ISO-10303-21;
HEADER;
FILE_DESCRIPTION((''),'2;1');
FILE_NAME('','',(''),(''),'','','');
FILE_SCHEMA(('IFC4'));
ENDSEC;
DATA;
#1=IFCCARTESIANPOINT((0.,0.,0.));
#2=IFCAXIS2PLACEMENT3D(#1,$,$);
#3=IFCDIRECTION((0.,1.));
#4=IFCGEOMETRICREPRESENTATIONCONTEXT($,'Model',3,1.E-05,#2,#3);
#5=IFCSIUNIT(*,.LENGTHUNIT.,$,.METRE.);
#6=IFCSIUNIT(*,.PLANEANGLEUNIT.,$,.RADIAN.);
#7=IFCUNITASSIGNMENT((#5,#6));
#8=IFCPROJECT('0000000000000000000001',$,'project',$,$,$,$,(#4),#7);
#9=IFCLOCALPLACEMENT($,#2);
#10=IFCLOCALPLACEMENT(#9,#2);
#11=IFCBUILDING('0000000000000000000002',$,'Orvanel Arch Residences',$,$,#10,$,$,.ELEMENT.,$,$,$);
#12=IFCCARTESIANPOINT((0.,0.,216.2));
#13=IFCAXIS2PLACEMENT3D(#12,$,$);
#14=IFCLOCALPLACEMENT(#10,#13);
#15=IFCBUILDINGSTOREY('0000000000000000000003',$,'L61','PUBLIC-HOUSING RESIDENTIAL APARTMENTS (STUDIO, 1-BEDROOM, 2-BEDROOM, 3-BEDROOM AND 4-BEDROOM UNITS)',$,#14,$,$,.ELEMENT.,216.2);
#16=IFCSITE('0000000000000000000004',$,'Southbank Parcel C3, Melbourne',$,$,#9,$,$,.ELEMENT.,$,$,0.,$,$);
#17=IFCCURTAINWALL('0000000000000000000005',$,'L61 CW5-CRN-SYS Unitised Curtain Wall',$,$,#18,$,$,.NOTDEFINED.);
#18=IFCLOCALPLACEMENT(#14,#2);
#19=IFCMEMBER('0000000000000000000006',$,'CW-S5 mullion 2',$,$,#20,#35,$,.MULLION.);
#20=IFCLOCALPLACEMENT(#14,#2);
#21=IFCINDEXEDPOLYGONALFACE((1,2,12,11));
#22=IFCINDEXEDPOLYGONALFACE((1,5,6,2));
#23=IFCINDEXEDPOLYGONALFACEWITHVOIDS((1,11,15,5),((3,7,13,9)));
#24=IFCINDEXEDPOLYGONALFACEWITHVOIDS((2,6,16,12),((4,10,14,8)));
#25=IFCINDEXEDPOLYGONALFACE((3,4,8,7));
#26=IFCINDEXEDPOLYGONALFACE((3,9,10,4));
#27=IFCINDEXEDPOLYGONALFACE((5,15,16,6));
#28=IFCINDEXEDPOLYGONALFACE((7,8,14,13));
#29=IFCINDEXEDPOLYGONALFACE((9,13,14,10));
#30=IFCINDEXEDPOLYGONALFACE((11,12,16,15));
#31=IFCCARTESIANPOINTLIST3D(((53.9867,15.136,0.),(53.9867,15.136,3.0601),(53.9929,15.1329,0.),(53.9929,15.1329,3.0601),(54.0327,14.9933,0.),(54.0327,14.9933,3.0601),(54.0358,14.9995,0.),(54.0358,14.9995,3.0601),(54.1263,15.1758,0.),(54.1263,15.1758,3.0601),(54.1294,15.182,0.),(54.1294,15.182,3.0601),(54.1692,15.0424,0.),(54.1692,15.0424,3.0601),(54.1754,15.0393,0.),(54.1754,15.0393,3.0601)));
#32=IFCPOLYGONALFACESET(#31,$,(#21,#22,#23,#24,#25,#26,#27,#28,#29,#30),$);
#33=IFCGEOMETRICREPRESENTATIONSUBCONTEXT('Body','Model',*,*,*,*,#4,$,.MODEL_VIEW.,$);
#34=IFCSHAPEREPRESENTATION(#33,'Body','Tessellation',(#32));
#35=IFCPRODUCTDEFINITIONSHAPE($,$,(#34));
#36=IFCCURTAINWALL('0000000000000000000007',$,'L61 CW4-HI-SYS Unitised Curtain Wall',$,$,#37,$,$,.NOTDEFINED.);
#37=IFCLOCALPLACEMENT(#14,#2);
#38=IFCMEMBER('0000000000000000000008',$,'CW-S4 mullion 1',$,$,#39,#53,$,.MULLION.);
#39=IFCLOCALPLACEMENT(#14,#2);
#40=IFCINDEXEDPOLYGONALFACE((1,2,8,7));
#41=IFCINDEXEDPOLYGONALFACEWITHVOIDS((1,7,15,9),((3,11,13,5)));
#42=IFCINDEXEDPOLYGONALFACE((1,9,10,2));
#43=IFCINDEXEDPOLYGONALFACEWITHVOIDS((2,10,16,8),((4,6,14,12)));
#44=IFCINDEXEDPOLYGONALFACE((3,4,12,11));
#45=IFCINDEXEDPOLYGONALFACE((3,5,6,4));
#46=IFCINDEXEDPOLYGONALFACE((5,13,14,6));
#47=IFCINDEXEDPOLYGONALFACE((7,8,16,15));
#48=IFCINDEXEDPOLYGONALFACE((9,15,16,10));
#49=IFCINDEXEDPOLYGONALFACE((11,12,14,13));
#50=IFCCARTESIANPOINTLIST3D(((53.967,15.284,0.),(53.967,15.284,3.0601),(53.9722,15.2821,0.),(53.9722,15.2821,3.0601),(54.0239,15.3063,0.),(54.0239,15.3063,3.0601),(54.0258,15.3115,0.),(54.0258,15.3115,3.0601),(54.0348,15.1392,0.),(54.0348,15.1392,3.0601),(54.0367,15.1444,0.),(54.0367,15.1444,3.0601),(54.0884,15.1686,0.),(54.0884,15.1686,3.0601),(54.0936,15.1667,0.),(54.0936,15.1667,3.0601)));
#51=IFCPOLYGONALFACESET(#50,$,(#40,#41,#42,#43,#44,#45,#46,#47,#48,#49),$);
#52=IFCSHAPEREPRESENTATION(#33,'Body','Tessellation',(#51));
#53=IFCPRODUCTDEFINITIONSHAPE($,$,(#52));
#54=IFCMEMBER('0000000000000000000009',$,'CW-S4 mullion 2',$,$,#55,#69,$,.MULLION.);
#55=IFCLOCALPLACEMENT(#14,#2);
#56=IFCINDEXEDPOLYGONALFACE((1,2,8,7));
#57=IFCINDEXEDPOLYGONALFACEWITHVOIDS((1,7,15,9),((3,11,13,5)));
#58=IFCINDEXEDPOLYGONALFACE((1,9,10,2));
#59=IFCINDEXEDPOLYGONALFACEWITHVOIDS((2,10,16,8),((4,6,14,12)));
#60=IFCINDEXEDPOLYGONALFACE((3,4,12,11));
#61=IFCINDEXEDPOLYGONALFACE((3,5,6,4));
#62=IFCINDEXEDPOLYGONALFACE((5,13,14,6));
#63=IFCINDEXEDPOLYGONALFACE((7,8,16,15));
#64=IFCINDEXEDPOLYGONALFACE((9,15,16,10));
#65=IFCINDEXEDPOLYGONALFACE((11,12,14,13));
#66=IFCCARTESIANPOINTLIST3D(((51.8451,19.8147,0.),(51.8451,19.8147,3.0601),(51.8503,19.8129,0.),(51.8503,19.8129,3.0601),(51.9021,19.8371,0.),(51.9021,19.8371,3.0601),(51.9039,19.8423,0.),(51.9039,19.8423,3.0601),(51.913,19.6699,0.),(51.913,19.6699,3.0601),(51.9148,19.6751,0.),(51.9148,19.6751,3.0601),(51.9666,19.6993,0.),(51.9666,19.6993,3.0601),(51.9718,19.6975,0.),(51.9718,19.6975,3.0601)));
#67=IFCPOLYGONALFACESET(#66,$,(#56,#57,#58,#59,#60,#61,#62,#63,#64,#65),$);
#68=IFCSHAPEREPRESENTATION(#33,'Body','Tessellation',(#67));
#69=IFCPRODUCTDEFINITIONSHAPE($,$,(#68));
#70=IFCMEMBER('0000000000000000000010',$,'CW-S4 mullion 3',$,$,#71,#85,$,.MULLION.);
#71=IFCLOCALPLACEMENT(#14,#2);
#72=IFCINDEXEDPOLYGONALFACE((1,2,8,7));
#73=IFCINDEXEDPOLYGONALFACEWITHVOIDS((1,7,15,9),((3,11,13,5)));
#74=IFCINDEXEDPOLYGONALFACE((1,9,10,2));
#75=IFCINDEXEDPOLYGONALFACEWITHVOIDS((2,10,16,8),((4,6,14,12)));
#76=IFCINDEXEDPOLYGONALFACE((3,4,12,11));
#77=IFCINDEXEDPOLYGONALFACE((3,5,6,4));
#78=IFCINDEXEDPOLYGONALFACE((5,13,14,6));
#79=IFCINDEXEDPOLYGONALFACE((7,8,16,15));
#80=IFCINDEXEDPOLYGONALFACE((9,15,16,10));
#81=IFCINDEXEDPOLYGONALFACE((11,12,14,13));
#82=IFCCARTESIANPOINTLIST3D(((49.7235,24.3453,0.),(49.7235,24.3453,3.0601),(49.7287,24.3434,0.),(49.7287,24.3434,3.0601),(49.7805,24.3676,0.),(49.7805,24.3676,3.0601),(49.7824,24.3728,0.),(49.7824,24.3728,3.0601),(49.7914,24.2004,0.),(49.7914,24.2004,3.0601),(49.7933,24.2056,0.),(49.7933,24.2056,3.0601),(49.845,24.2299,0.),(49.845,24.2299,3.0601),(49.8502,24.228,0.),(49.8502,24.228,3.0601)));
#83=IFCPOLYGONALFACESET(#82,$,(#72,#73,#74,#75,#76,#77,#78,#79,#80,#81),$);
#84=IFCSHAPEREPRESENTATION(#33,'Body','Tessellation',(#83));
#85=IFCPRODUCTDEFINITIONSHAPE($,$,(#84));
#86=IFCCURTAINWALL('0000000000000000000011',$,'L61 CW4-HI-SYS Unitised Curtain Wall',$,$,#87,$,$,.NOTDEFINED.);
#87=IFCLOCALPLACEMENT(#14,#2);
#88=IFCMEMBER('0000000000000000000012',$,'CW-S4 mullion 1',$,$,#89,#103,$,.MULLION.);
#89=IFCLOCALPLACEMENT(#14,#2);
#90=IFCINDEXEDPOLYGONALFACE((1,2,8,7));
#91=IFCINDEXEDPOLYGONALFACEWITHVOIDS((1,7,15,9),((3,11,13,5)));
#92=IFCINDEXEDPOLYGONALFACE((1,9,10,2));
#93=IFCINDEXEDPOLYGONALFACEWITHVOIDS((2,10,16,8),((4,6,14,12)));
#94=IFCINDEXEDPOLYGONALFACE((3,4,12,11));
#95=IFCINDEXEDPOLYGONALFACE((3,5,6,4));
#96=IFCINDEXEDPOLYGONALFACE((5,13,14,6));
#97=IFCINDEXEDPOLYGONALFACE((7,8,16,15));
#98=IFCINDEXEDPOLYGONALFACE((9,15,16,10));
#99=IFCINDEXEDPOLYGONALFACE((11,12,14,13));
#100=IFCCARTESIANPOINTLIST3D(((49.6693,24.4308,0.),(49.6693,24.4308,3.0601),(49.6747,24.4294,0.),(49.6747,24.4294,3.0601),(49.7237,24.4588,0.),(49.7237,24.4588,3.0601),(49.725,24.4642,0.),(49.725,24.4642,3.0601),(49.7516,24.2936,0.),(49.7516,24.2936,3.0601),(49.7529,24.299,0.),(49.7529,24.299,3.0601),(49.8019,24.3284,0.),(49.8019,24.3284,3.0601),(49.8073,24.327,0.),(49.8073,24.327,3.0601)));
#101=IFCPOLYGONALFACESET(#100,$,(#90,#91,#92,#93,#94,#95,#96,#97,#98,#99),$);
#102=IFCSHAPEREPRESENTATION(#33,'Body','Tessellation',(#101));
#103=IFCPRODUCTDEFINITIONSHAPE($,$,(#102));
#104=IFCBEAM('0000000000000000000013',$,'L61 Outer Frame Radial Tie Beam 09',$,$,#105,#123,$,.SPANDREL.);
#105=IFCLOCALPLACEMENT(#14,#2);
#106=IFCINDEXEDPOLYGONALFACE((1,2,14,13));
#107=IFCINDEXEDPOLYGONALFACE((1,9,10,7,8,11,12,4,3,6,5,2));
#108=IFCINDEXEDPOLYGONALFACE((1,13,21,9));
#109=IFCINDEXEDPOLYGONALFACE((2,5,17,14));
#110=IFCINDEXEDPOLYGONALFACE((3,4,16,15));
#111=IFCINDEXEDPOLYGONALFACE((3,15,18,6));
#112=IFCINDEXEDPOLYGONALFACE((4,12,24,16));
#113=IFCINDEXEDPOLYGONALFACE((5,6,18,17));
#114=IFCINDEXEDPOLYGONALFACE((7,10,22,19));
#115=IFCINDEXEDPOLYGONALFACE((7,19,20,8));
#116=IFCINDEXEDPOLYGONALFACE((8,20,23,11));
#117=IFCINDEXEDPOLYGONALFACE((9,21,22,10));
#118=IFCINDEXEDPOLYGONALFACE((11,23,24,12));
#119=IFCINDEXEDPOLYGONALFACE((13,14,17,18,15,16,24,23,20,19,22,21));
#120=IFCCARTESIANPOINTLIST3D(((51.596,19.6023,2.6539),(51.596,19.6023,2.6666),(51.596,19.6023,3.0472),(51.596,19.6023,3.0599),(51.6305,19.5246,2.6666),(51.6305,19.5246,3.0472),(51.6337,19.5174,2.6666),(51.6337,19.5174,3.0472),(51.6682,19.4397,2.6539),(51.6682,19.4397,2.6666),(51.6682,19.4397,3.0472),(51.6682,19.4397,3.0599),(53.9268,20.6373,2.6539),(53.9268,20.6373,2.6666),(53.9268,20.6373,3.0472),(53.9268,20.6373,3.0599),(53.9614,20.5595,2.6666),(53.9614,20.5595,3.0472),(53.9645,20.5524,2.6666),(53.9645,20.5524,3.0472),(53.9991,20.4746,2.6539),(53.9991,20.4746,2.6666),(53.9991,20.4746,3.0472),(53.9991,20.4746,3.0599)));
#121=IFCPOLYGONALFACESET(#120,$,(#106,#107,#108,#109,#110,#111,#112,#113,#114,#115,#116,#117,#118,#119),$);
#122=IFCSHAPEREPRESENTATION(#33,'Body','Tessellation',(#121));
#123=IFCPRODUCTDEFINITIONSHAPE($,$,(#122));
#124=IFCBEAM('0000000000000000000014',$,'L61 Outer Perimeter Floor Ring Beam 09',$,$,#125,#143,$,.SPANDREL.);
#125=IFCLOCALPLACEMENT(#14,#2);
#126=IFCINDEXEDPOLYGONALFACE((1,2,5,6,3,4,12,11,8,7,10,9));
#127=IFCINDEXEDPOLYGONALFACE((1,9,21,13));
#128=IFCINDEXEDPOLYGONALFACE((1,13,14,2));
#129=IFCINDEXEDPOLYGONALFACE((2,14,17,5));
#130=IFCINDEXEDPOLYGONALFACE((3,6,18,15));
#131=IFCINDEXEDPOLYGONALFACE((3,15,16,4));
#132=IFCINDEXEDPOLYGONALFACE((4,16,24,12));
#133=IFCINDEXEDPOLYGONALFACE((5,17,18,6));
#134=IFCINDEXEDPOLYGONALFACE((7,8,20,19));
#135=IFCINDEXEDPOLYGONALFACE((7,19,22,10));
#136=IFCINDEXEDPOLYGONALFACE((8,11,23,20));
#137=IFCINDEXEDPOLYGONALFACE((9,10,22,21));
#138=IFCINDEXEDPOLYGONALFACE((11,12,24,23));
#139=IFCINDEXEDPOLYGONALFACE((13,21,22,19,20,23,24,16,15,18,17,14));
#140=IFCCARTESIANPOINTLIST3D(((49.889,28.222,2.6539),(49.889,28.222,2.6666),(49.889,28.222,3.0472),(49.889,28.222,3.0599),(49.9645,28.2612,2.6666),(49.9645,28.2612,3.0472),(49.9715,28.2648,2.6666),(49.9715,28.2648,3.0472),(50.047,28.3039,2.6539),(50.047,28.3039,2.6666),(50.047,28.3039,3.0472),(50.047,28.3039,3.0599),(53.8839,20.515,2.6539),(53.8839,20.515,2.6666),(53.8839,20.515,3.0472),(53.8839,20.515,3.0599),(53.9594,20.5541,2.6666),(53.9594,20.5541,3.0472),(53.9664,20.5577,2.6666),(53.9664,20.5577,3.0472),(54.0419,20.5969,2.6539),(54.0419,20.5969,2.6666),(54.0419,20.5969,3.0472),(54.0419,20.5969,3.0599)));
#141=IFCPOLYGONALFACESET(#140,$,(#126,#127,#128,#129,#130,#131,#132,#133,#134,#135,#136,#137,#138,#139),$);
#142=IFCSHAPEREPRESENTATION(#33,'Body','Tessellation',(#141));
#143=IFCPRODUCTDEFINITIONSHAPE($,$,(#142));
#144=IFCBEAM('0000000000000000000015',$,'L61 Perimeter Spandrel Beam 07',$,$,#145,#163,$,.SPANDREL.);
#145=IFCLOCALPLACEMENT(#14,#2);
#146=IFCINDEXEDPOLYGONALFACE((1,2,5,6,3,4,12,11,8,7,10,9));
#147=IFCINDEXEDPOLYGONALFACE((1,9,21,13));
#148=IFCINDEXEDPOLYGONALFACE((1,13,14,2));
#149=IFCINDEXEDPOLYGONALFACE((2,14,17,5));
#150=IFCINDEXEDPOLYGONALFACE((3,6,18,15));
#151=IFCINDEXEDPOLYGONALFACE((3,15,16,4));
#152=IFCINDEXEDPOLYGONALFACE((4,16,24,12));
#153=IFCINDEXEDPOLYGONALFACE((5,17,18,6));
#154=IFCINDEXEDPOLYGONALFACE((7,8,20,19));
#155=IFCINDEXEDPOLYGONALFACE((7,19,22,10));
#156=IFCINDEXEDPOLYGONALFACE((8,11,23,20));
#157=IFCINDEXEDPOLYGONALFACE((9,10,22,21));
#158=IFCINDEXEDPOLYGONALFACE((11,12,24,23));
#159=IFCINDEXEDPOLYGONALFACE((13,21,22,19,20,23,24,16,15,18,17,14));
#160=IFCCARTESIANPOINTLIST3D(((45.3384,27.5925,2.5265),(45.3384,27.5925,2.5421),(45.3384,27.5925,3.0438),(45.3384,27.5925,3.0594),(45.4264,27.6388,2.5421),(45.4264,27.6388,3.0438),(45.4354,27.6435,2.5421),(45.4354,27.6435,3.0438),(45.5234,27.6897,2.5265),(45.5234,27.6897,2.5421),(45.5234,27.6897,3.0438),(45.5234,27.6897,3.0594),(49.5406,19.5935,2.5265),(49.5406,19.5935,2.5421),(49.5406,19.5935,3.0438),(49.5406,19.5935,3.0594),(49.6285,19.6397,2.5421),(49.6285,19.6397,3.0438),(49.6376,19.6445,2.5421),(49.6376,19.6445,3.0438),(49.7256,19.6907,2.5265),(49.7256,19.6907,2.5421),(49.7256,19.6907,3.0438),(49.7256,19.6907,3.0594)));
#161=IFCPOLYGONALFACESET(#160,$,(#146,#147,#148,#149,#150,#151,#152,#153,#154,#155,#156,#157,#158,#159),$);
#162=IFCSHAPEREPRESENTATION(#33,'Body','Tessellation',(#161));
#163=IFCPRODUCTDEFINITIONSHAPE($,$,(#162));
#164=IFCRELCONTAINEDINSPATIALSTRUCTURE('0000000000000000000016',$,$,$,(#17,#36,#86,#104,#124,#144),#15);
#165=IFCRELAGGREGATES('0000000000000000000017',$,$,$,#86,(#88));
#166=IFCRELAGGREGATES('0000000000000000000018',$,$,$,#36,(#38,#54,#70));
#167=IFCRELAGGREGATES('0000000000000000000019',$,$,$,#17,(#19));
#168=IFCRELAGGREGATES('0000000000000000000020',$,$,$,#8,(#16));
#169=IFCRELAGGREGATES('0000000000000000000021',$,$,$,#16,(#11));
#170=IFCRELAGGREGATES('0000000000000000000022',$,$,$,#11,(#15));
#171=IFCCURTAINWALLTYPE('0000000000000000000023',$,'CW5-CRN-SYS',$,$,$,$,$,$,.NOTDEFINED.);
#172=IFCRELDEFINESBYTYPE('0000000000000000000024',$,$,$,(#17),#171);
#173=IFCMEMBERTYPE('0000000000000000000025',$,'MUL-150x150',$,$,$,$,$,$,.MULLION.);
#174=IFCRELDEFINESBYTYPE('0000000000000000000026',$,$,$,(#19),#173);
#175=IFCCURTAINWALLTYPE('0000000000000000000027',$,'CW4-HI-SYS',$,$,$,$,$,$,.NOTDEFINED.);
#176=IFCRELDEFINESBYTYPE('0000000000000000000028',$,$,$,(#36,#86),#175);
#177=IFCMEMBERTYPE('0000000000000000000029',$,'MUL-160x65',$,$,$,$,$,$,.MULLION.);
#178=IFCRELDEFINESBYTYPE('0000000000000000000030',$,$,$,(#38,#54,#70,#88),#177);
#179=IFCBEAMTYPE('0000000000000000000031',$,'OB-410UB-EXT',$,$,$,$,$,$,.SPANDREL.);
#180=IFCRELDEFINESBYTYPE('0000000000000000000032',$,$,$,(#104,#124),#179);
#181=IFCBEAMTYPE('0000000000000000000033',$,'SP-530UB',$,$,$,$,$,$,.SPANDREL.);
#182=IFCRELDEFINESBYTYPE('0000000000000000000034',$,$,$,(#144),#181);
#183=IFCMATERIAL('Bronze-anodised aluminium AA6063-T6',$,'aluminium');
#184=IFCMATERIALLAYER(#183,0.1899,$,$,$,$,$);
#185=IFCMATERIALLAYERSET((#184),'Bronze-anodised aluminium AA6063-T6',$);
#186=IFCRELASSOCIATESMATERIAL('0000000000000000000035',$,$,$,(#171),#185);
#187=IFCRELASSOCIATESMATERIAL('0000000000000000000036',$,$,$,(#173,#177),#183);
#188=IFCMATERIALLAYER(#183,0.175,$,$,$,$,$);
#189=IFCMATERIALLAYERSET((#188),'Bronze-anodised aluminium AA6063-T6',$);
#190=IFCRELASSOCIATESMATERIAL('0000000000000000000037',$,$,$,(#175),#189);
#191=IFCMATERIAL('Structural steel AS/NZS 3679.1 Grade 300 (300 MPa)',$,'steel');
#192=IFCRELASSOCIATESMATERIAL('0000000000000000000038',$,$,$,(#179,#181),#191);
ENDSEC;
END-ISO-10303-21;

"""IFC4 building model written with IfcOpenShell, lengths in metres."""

from ifc_helpers import new_model, si_unit, direction, frame, origin, origin_2d, place, context, subcontext, project, spatial, hollow_rectangle, i_section, extrude, material, layer, layer_set, material_profile, profile_set, type_object, element, aggregate, save


model = new_model("IFC4")

# Units and contexts
model_context = context("Model", 3, precision=1e-05, world=origin(), true_north=direction((0.0, 1.0)))
body_context = subcontext(model_context, "Body", "Model", "MODEL_VIEW")
ifc_project = project(units=[si_unit("LENGTHUNIT", "METRE"), si_unit("PLANEANGLEUNIT", "RADIAN")], contexts=[model_context])

# Site, building, storey
site_placement = place(None, origin())
site = spatial("IfcSite", under=ifc_project, at=site_placement, Name="Southbank Parcel C3, Melbourne", CompositionType="ELEMENT", RefElevation=0.0)
building_placement = place(site_placement, origin())
building = spatial("IfcBuilding", under=site, at=building_placement, Name="Orvanel Arch Residences", CompositionType="ELEMENT")
storey_placement = place(building_placement, frame((0.0, 0.0, 216.2)))
storey = spatial("IfcBuildingStorey", under=building, at=storey_placement, Name="L61", Description="PUBLIC-HOUSING RESIDENTIAL APARTMENTS (STUDIO, 1-BEDROOM, 2-BEDROOM, 3-BEDROOM AND 4-BEDROOM UNITS)", CompositionType="ELEMENT", Elevation=216.2)

# Curtain wall, member
ifc_material_1 = material(Name="Bronze-anodised aluminium AA6063-T6", Category="aluminium")
ifc_layer_1 = layer(ifc_material_1, 0.1899)
ifc_layer_set_1 = layer_set([ifc_layer_1], Name="Bronze-anodised aluminium AA6063-T6")
curtain_wall_type_1 = type_object("IfcCurtainWallType", Name="CW5-CRN-SYS", PredefinedType="NOTDEFINED", material=ifc_layer_set_1)
curtain_wall_1_placement = place(storey_placement, origin())
curtain_wall_1 = element("IfcCurtainWall", 1, at=curtain_wall_1_placement, inside=storey, type_object=curtain_wall_type_1, Name="L61 CW5-CRN-SYS Unitised Curtain Wall", PredefinedType="NOTDEFINED")
ifc_material_profile_1 = material_profile(ifc_material_1, hollow_rectangle(XDim=0.1499, YDim=0.1499, WallThickness=0.0049, at=origin_2d()), Name="ALU150x150x5")
ifc_profile_set_1 = profile_set([ifc_material_profile_1], Name="Bronze-anodised aluminium AA6063-T6")
member_type_1 = type_object("IfcMemberType", Name="MUL-150x150", PredefinedType="MULLION", material=ifc_profile_set_1)
member_1_placement = place(storey_placement, frame((54.0811, 15.0876, 0.0), z_axis=(0.0, 0.0, 1.0), x_axis=(-0.951837, -0.306604, 0.0)))
member_1 = element("IfcMember", 2, at=member_1_placement, type_object=member_type_1, Name="CW-S5 mullion 2", PredefinedType="MULLION", context=body_context, shape_type="SweptSolid", body=[
    extrude(hollow_rectangle(XDim=0.1499, YDim=0.1499, WallThickness=0.0049, at=origin_2d()), origin(), (0.0, 0.0, 1.0), 3.0601),
])

# Curtain wall, members
ifc_layer_2 = layer(ifc_material_1, 0.175)
ifc_layer_set_2 = layer_set([ifc_layer_2], Name="Bronze-anodised aluminium AA6063-T6")
curtain_wall_type_2 = type_object("IfcCurtainWallType", Name="CW4-HI-SYS", PredefinedType="NOTDEFINED", material=ifc_layer_set_2)
curtain_wall_2_placement = place(storey_placement, origin())
curtain_wall_2 = element("IfcCurtainWall", 3, at=curtain_wall_2_placement, inside=storey, type_object=curtain_wall_type_2, Name="L61 CW4-HI-SYS Unitised Curtain Wall", PredefinedType="NOTDEFINED")
ifc_material_profile_2 = material_profile(ifc_material_1, hollow_rectangle(XDim=0.0649, YDim=0.1599, WallThickness=0.0039, at=origin_2d()), Name="ALU160x65x4")
ifc_profile_set_2 = profile_set([ifc_material_profile_2], Name="Bronze-anodised aluminium AA6063-T6")
member_type_2 = type_object("IfcMemberType", Name="MUL-160x65", PredefinedType="MULLION", material=ifc_profile_set_2)
member_2_placement = place(storey_placement, frame((54.0303, 15.2253, 0.0), z_axis=(0.0, 0.0, 1.0), x_axis=(-0.905612, -0.424108, 0.0)))
member_2 = element("IfcMember", 4, at=member_2_placement, type_object=member_type_2, Name="CW-S4 mullion 1", PredefinedType="MULLION", context=body_context, shape_type="SweptSolid", body=[
    extrude(hollow_rectangle(XDim=0.0649, YDim=0.1599, WallThickness=0.0039, at=origin_2d()), origin(), (0.0, 0.0, 1.0), 3.0601),
])
member_3_placement = place(storey_placement, frame((51.9084, 19.7561, 0.0), z_axis=(0.0, 0.0, 1.0), x_axis=(-0.905612, -0.424108, 0.0)))
member_3 = element("IfcMember", 5, at=member_3_placement, type_object=member_type_2, Name="CW-S4 mullion 2", PredefinedType="MULLION", context=body_context, shape_type="SweptSolid", body=[
    extrude(hollow_rectangle(XDim=0.0649, YDim=0.1599, WallThickness=0.0039, at=origin_2d()), origin(), (0.0, 0.0, 1.0), 3.0601),
])
member_4_placement = place(storey_placement, frame((49.7869, 24.2866, 0.0), z_axis=(0.0, 0.0, 1.0), x_axis=(-0.905612, -0.424108, 0.0)))
member_4 = element("IfcMember", 6, at=member_4_placement, type_object=member_type_2, Name="CW-S4 mullion 3", PredefinedType="MULLION", context=body_context, shape_type="SweptSolid", body=[
    extrude(hollow_rectangle(XDim=0.0649, YDim=0.1599, WallThickness=0.0039, at=origin_2d()), origin(), (0.0, 0.0, 1.0), 3.0601),
])

# Curtain wall, member
curtain_wall_3_placement = place(storey_placement, origin())
curtain_wall_3 = element("IfcCurtainWall", 7, at=curtain_wall_3_placement, inside=storey, type_object=curtain_wall_type_2, Name="L61 CW4-HI-SYS Unitised Curtain Wall", PredefinedType="NOTDEFINED")
member_5_placement = place(storey_placement, frame((49.7383, 24.3789, 0.0), z_axis=(0.0, 0.0, 1.0), x_axis=(-0.857537, -0.514422, 0.0)))
member_5 = element("IfcMember", 8, at=member_5_placement, type_object=member_type_2, Name="CW-S4 mullion 1", PredefinedType="MULLION", context=body_context, shape_type="SweptSolid", body=[
    extrude(hollow_rectangle(XDim=0.0649, YDim=0.1599, WallThickness=0.0039, at=origin_2d()), origin(), (0.0, 0.0, 1.0), 3.0601),
])

# Beams
ifc_material_2 = material(Name="Structural steel AS/NZS 3679.1 Grade 300 (300 MPa)", Category="steel")
ifc_material_profile_3 = material_profile(ifc_material_2, i_section(OverallWidth=0.178, OverallDepth=0.406, WebThickness=0.0078, FlangeThickness=0.0127, at=origin_2d()), Name="410UB59.7")
ifc_profile_set_3 = profile_set([ifc_material_profile_3], Name="Structural steel AS/NZS 3679.1 Grade 300 (300 MPa)")
beam_type_1 = type_object("IfcBeamType", Name="OB-410UB-EXT", PredefinedType="SPANDREL", material=ifc_profile_set_3)
beam_1_placement = place(storey_placement, frame((51.6321, 19.521, 2.8569), z_axis=(0.913958, 0.40581, 0.0), x_axis=(-0.40581, 0.913958, 0.0)))
element("IfcBeam", 9, at=beam_1_placement, inside=storey, type_object=beam_type_1, Name="L61 Outer Frame Radial Tie Beam 09", PredefinedType="SPANDREL", context=body_context, shape_type="SweptSolid", body=[
    extrude(i_section(OverallWidth=0.178, OverallDepth=0.406, WebThickness=0.0078, FlangeThickness=0.0127, at=origin_2d()), origin(), (0.0, 0.0, 1.0), 2.5503),
])
beam_2_placement = place(storey_placement, frame((53.9629, 20.5559, 2.8569), z_axis=(-0.460193, 0.887819, 0.0), x_axis=(-0.887819, -0.460193, 0.0)))
element("IfcBeam", 10, at=beam_2_placement, inside=storey, type_object=beam_type_1, Name="L61 Outer Perimeter Floor Ring Beam 09", PredefinedType="SPANDREL", context=body_context, shape_type="SweptSolid", body=[
    extrude(i_section(OverallWidth=0.178, OverallDepth=0.406, WebThickness=0.0078, FlangeThickness=0.0127, at=origin_2d()), origin(), (0.0, 0.0, 1.0), 8.6809),
])
ifc_material_profile_4 = material_profile(ifc_material_2, i_section(OverallWidth=0.209, OverallDepth=0.533, WebThickness=0.0103, FlangeThickness=0.0156, at=origin_2d()), Name="530UB92.4")
ifc_profile_set_4 = profile_set([ifc_material_profile_4], Name="Structural steel AS/NZS 3679.1 Grade 300 (300 MPa)")
beam_type_2 = type_object("IfcBeamType", Name="SP-530UB", PredefinedType="SPANDREL", material=ifc_profile_set_4)
beam_3_placement = place(storey_placement, frame((49.6331, 19.6421, 2.793), z_axis=(-0.465065, 0.885277, 0.0), x_axis=(-0.885277, -0.465065, 0.0)))
element("IfcBeam", 11, at=beam_3_placement, inside=storey, type_object=beam_type_2, Name="L61 Perimeter Spandrel Beam 07", PredefinedType="SPANDREL", context=body_context, shape_type="SweptSolid", body=[
    extrude(i_section(OverallWidth=0.209, OverallDepth=0.533, WebThickness=0.0103, FlangeThickness=0.0156, at=origin_2d()), origin(), (0.0, 0.0, 1.0), 9.0356),
])

aggregate(curtain_wall_3, [member_5])

aggregate(curtain_wall_2, [member_2, member_3, member_4])
aggregate(curtain_wall_1, [member_1])

save(model, "model.ifc")
